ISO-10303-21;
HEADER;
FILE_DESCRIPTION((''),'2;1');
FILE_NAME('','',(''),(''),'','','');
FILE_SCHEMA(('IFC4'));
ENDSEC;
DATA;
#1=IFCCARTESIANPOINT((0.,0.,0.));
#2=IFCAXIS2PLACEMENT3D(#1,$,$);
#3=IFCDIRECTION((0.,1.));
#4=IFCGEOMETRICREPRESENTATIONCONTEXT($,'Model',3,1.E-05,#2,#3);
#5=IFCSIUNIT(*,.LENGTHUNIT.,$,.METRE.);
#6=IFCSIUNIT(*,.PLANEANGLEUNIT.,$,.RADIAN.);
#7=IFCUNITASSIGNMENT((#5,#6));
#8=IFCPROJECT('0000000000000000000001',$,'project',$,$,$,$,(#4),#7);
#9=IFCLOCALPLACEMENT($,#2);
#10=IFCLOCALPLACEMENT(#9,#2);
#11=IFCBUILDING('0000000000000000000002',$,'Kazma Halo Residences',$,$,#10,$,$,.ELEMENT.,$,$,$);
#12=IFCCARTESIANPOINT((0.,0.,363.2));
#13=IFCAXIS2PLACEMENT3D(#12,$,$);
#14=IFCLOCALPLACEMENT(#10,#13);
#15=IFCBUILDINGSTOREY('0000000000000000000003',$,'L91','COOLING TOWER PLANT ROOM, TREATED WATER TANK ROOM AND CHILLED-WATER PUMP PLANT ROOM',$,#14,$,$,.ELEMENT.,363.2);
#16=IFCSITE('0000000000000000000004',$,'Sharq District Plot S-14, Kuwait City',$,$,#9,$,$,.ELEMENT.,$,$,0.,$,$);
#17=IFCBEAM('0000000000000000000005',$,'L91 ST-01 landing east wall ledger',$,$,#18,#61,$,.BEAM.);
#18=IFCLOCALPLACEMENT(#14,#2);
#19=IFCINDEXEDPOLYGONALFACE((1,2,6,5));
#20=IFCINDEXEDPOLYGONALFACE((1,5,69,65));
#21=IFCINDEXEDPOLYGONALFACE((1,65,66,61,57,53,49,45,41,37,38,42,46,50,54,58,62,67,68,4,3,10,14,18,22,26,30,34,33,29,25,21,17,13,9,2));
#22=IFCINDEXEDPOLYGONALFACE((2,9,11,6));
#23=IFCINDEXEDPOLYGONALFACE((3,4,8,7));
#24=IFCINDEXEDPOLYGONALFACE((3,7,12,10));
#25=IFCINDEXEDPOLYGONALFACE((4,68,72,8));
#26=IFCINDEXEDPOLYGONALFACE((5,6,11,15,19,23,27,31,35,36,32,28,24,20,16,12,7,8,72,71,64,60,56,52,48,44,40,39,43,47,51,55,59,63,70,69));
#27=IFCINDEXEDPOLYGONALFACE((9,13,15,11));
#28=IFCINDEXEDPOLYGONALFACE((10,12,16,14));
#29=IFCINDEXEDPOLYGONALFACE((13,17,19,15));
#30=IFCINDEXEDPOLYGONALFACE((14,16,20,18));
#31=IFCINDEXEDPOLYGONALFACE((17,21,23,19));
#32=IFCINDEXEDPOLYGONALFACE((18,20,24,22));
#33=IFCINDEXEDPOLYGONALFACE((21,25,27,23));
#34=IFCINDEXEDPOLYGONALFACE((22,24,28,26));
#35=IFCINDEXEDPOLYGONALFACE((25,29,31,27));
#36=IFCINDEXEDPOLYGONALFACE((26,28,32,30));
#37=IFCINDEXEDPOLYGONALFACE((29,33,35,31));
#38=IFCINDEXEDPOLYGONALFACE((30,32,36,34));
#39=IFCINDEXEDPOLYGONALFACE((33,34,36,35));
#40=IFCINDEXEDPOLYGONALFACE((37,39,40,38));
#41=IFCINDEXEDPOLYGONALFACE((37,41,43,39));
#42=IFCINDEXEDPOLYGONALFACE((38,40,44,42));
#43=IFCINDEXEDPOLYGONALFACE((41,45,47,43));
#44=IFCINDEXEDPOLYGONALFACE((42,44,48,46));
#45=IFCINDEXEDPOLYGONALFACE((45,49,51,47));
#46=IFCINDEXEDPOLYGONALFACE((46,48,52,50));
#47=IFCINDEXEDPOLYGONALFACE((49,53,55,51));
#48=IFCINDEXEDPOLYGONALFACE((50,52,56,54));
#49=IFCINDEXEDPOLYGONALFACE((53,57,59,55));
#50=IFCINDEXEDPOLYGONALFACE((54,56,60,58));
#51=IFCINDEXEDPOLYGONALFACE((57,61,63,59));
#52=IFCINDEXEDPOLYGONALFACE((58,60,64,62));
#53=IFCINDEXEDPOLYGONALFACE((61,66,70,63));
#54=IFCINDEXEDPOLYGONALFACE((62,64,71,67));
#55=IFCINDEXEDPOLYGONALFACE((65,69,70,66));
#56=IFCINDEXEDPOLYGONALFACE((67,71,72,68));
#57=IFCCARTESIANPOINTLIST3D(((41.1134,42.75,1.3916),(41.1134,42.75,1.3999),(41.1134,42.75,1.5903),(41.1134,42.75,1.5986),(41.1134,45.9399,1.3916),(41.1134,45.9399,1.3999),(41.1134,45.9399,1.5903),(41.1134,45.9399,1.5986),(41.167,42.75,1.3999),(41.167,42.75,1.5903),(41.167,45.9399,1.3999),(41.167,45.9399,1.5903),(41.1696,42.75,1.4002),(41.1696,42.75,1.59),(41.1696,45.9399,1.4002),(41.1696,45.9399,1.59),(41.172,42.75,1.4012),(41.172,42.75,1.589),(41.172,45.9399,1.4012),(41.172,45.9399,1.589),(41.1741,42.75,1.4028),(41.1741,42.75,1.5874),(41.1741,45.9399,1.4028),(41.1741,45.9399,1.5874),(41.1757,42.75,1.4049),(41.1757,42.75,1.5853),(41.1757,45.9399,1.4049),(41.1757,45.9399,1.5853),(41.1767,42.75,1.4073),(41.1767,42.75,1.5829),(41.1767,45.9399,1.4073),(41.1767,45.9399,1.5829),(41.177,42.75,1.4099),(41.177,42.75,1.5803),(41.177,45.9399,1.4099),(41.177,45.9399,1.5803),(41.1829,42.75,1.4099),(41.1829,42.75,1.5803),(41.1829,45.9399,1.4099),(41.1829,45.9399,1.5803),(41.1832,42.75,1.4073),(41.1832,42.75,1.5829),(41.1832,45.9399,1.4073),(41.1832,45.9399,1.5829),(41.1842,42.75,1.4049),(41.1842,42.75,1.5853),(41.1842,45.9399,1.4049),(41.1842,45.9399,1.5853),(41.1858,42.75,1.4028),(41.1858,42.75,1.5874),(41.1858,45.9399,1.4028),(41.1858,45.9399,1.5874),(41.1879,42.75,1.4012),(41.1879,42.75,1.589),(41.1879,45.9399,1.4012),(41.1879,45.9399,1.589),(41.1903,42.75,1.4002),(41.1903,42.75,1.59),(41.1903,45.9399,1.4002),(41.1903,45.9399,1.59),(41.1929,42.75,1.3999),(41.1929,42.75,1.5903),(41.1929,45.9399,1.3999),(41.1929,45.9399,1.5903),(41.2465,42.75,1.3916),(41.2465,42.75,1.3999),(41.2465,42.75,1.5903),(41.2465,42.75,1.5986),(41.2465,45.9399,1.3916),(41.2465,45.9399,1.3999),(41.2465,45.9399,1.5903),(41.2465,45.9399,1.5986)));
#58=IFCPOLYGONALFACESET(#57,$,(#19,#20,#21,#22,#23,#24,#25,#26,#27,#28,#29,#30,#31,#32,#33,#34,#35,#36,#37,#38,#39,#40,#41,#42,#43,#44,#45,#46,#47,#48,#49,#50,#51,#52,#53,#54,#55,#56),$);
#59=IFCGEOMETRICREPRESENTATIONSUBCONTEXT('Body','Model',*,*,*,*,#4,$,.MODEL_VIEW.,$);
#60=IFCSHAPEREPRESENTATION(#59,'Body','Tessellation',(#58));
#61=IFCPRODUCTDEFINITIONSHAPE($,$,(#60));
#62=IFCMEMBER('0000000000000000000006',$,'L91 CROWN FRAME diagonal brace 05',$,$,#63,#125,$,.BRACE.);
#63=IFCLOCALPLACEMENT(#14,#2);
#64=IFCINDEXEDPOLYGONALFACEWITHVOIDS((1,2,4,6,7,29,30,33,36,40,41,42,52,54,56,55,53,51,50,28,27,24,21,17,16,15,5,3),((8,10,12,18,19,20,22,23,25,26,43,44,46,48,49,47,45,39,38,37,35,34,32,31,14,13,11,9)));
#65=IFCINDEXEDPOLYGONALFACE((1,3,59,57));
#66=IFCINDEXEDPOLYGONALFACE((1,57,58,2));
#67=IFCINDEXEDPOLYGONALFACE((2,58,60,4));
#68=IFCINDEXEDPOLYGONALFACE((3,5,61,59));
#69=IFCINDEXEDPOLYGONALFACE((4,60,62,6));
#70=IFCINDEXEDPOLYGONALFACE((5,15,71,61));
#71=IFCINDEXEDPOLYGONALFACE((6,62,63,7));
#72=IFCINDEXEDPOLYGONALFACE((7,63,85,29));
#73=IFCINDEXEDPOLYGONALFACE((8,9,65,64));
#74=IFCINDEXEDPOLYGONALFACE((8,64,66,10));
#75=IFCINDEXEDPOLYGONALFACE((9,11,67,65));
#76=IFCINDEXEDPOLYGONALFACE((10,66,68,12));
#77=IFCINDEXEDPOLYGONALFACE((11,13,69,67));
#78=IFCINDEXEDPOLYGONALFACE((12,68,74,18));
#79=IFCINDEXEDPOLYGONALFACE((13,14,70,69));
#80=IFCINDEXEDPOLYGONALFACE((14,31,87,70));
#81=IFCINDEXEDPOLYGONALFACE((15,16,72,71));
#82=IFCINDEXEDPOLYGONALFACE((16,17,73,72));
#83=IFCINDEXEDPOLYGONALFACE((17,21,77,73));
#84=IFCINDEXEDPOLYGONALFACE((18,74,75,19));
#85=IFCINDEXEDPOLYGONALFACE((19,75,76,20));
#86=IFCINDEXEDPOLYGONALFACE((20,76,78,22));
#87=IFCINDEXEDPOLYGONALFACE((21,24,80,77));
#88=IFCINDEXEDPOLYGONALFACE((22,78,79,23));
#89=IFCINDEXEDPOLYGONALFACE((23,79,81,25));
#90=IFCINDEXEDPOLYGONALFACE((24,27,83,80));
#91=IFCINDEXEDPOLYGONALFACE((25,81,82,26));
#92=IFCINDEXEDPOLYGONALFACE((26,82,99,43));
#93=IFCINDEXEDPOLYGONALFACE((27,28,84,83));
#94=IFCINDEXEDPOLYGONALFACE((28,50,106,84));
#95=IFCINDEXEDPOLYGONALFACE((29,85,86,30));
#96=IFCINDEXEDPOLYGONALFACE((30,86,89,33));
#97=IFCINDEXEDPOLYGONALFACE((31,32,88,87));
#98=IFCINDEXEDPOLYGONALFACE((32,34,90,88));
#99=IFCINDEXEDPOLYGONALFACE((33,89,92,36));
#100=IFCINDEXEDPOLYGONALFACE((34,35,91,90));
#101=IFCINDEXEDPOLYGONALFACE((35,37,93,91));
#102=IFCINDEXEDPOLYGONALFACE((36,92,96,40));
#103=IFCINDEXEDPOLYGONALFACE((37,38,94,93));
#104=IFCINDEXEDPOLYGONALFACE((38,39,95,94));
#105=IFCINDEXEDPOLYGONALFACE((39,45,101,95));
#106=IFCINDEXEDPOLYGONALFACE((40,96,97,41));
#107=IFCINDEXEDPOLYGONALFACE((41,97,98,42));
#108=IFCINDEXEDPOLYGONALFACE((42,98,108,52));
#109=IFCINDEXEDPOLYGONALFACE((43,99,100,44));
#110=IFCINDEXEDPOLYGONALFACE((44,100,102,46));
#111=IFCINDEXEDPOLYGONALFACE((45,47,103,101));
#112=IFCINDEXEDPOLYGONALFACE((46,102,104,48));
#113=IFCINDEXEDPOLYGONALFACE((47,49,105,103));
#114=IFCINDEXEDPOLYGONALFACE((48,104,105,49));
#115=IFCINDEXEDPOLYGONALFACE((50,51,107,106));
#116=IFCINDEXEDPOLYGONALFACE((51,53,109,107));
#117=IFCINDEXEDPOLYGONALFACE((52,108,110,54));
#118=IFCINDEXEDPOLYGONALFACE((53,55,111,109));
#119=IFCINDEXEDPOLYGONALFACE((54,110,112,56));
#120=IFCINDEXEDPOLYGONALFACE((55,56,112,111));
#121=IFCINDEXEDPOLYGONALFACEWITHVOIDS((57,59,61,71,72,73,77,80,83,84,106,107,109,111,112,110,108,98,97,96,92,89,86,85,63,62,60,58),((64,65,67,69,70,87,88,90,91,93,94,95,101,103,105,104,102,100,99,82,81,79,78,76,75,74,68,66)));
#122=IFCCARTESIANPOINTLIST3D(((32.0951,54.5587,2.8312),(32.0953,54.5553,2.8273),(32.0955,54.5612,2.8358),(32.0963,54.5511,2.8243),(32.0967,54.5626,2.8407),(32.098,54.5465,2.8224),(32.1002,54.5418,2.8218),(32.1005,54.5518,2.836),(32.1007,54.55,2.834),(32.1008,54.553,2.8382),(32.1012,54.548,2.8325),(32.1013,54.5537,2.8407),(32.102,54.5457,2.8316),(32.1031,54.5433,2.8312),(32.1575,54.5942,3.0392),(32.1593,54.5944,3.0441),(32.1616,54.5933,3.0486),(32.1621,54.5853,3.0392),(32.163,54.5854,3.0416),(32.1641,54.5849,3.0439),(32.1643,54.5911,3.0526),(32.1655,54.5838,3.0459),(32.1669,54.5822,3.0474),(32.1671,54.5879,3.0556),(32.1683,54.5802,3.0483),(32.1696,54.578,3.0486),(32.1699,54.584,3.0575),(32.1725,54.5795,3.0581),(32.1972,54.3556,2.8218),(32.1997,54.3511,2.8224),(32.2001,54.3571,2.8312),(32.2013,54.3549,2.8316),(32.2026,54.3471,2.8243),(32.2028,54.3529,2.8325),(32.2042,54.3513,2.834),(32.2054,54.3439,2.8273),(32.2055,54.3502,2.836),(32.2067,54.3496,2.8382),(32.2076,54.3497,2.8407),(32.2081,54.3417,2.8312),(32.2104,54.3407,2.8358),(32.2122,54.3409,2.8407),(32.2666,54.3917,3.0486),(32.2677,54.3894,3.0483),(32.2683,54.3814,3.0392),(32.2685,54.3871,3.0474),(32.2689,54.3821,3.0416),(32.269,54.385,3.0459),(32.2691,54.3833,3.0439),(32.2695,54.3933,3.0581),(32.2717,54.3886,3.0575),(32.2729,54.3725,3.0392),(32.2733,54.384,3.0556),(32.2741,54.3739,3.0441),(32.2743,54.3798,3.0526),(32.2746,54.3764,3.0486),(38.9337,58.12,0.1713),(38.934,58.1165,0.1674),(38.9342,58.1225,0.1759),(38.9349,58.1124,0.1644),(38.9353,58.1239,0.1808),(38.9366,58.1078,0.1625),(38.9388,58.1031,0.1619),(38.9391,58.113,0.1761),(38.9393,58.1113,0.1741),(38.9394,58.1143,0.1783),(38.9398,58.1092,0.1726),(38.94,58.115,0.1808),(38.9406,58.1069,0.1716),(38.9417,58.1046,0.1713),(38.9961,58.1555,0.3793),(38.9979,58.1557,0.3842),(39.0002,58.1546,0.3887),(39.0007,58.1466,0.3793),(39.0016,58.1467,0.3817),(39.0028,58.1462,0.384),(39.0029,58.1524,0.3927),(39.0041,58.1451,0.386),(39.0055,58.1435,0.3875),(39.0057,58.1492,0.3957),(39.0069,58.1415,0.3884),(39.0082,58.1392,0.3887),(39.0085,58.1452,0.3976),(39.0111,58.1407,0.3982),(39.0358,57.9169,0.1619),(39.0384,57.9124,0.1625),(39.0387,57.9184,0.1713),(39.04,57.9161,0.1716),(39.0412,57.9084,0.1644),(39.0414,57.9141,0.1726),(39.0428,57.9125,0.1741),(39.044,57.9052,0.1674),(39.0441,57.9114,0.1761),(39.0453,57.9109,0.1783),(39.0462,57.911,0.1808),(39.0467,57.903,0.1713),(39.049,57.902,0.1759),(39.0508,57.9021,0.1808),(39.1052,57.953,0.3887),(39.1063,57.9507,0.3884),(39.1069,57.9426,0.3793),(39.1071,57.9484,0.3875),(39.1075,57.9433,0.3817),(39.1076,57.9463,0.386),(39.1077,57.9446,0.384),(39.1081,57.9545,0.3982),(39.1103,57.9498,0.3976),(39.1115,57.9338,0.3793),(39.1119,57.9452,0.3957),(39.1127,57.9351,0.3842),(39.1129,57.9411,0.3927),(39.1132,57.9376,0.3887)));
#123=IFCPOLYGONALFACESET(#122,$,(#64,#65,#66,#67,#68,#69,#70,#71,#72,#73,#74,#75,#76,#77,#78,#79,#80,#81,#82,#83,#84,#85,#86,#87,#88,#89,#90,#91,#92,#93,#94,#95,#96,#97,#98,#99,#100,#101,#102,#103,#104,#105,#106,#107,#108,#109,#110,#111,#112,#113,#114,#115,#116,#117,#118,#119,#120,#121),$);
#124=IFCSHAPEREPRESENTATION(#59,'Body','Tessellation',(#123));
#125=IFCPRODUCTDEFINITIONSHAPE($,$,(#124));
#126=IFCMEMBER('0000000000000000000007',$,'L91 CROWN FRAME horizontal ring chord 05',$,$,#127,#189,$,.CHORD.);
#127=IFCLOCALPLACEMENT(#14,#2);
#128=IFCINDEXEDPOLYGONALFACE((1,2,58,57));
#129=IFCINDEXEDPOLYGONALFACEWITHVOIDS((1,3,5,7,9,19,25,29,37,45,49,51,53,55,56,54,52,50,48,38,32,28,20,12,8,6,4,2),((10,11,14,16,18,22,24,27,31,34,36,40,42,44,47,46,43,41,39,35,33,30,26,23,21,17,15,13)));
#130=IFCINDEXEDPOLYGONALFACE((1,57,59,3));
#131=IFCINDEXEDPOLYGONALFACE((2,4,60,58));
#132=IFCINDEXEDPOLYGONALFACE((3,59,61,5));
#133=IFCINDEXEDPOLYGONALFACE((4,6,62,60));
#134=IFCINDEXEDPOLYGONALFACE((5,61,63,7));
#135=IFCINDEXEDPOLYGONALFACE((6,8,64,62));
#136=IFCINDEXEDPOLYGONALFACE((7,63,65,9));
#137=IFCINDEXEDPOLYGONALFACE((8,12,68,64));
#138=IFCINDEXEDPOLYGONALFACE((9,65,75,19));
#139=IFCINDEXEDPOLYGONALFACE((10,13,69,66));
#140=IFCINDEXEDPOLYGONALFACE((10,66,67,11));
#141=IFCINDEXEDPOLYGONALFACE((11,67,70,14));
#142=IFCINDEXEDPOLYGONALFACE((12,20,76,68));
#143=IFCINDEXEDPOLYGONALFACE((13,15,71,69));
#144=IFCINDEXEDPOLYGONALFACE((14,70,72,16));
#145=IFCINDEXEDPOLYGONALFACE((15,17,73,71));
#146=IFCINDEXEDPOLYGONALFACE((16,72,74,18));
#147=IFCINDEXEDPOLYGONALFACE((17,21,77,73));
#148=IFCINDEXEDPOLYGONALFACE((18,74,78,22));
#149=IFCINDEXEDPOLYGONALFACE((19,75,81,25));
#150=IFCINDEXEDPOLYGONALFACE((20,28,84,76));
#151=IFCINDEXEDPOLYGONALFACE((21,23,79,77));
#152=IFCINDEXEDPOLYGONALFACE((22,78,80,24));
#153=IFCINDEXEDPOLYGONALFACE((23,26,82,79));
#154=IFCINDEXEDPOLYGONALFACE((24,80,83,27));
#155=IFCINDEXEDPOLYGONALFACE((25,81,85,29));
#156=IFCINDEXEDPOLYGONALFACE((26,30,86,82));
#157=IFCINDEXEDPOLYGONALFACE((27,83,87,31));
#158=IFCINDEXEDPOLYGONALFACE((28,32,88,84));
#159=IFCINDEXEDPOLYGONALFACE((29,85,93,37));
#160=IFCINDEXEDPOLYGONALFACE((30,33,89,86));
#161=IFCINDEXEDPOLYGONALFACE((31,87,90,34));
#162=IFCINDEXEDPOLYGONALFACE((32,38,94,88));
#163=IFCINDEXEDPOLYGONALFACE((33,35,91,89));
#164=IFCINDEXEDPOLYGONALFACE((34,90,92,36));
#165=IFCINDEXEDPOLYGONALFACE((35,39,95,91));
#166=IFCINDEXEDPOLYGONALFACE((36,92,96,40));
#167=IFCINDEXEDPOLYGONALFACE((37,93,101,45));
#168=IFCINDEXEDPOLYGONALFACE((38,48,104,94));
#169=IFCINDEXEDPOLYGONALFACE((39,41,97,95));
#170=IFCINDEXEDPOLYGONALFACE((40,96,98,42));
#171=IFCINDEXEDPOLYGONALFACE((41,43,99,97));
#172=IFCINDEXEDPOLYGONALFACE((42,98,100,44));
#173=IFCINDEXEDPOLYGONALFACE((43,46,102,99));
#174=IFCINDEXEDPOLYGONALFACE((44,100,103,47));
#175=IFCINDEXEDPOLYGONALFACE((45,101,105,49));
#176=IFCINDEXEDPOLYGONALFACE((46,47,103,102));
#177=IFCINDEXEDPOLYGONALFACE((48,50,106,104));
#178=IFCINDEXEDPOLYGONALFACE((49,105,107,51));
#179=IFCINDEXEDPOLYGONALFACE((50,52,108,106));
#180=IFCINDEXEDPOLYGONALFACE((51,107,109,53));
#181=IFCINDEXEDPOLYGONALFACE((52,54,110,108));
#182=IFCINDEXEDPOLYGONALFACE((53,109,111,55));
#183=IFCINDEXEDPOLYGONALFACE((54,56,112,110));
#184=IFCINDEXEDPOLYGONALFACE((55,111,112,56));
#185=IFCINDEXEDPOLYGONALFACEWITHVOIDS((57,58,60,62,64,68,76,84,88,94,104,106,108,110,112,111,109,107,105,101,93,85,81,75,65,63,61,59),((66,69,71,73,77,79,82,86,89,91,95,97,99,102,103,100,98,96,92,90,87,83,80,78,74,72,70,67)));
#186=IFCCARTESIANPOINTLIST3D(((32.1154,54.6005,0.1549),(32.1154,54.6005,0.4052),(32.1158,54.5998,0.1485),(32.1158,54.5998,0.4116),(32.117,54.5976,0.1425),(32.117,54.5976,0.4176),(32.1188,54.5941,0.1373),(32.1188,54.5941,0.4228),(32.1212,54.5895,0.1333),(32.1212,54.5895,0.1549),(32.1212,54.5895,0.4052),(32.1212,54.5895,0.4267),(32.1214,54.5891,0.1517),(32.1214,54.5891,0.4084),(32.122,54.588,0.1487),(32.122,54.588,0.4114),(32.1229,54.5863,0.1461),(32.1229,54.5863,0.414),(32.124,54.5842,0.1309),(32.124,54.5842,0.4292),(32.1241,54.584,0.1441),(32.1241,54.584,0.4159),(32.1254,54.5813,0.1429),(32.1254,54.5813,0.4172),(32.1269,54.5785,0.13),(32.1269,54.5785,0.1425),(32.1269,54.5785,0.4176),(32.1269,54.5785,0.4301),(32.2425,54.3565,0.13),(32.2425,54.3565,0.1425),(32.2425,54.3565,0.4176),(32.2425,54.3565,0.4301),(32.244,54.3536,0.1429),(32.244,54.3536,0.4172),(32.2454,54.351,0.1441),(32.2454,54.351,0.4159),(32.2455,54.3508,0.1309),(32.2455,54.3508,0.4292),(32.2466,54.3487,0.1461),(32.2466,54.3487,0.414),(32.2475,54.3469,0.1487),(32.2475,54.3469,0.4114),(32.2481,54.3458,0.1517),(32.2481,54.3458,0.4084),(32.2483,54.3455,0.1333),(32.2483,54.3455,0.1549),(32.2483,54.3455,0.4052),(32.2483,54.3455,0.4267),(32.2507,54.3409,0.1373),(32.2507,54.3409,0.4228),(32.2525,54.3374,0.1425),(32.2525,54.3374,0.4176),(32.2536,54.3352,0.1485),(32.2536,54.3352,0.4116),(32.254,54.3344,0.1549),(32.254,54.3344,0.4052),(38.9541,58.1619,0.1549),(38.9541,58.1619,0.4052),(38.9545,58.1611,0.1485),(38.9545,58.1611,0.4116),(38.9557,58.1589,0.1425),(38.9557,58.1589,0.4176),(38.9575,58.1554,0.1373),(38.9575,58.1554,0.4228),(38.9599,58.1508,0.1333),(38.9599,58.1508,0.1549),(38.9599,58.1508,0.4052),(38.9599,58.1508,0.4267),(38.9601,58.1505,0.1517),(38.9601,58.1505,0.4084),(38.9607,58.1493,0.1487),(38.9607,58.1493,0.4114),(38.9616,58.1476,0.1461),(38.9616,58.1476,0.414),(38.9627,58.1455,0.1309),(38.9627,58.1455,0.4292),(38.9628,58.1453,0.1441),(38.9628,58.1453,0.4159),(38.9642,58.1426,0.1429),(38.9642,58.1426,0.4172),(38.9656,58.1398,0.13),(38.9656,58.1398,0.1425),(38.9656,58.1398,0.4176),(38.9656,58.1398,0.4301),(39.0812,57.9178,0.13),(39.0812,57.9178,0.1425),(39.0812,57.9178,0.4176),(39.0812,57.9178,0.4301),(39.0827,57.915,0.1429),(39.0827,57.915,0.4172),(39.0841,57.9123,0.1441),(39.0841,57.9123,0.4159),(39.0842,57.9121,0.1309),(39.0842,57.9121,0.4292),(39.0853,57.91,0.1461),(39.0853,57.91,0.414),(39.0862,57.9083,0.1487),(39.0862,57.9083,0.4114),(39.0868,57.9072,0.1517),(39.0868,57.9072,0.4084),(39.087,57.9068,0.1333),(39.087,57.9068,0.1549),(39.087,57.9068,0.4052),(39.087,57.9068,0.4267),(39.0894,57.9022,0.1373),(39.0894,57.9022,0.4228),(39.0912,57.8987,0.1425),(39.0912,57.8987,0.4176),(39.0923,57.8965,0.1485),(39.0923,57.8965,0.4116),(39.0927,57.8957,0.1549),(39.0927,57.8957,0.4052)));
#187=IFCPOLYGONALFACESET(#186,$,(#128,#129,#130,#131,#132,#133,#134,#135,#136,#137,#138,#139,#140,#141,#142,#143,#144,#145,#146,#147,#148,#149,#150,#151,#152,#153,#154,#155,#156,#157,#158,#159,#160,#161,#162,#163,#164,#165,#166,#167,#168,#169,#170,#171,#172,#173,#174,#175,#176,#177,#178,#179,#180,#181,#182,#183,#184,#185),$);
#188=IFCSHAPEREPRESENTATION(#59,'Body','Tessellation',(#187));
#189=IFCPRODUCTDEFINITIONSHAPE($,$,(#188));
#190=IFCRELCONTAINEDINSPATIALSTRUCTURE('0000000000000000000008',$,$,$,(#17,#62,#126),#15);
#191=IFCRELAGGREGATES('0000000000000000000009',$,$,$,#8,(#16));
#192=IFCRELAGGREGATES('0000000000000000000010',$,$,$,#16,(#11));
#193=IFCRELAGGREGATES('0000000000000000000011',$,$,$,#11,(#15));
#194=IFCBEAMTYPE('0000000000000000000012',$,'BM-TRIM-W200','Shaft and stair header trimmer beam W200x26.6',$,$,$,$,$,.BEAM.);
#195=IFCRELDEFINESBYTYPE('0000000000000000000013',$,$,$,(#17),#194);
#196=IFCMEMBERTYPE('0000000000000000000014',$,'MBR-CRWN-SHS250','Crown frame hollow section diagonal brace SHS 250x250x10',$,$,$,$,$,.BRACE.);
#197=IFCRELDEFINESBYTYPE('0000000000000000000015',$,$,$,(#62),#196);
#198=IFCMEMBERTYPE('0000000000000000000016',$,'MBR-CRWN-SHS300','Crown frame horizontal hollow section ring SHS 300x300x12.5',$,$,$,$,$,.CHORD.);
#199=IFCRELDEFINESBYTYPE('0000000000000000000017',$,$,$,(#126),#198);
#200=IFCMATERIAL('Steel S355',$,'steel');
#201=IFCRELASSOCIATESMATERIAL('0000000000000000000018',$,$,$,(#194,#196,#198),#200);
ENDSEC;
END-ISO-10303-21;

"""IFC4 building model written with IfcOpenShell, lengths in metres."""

from ifc_helpers import new_model, si_unit, direction, frame, origin, origin_2d, place, context, subcontext, project, spatial, hollow_rectangle, i_section, extrude, material, material_profile, profile_set, type_object, element, save


model = new_model("IFC4")

# Units and contexts
model_context = context("Model", 3, precision=1e-05, world=origin(), true_north=direction((0.0, 1.0)))
body_context = subcontext(model_context, "Body", "Model", "MODEL_VIEW")
ifc_project = project(units=[si_unit("LENGTHUNIT", "METRE"), si_unit("PLANEANGLEUNIT", "RADIAN")], contexts=[model_context])

# Site, building, storey
site_placement = place(None, origin())
site = spatial("IfcSite", under=ifc_project, at=site_placement, Name="Sharq District Plot S-14, Kuwait City", CompositionType="ELEMENT", RefElevation=0.0)
building_placement = place(site_placement, origin())
building = spatial("IfcBuilding", under=site, at=building_placement, Name="Kazma Halo Residences", CompositionType="ELEMENT")
storey_placement = place(building_placement, frame((0.0, 0.0, 363.2)))
storey = spatial("IfcBuildingStorey", under=building, at=storey_placement, Name="L91", Description="COOLING TOWER PLANT ROOM, TREATED WATER TANK ROOM AND CHILLED-WATER PUMP PLANT ROOM", CompositionType="ELEMENT", Elevation=363.2)

# Shared definitions
ifc_material_1 = material(Name="Steel S355", Category="steel")

# Beam
ifc_material_profile_1 = material_profile(ifc_material_1, i_section(OverallWidth=0.1331, OverallDepth=0.207, WebThickness=0.0059, FlangeThickness=0.0083, FilletRadius=0.01, at=origin_2d()), Name="W200x26.6")
ifc_profile_set_1 = profile_set([ifc_material_profile_1], Name="Steel S355")
beam_type_1 = type_object("IfcBeamType", Name="BM-TRIM-W200", Description="Shaft and stair header trimmer beam W200x26.6", PredefinedType="BEAM", material=ifc_profile_set_1)
beam_1_placement = place(storey_placement, frame((41.1799, 42.75, 1.4951), z_axis=(0.0, 1.0, 0.0), x_axis=(-1.0, 0.0, 0.0)))
element("IfcBeam", 1, at=beam_1_placement, inside=storey, type_object=beam_type_1, Name="L91 ST-01 landing east wall ledger", PredefinedType="BEAM", context=body_context, shape_type="SweptSolid", body=[
    extrude(i_section(OverallWidth=0.1331, OverallDepth=0.207, WebThickness=0.0059, FlangeThickness=0.0083, FilletRadius=0.01, at=origin_2d()), origin(), (0.0, 0.0, 1.0), 3.1899),
])

# Members
ifc_material_profile_2 = material_profile(ifc_material_1, hollow_rectangle(XDim=0.25, YDim=0.25, WallThickness=0.01, InnerFilletRadius=0.01, OuterFilletRadius=0.02, at=origin_2d()), Name="SHS250x250x10")
ifc_profile_set_2 = profile_set([ifc_material_profile_2], Name="Steel S355")
member_type_1 = type_object("IfcMemberType", Name="MBR-CRWN-SHS250", Description="Crown frame hollow section diagonal brace SHS 250x250x10", PredefinedType="BRACE", material=ifc_profile_set_2)
member_1_placement = place(storey_placement, frame((39.0234, 58.0288, 0.28), z_axis=(-0.838451, -0.436631, 0.326119), x_axis=(0.461883, -0.886941, 0.0)))
element("IfcMember", 2, at=member_1_placement, inside=storey, type_object=member_type_1, Name="L91 CROWN FRAME diagonal brace 05", PredefinedType="BRACE", context=body_context, shape_type="SweptSolid", body=[
    extrude(hollow_rectangle(XDim=0.25, YDim=0.25, WallThickness=0.01, InnerFilletRadius=0.01, OuterFilletRadius=0.02, at=origin_2d()), origin(), (0.0, 0.0, 1.0), 8.1562),
])
ifc_material_profile_3 = material_profile(ifc_material_1, hollow_rectangle(XDim=0.3, YDim=0.3, WallThickness=0.0125, InnerFilletRadius=0.0125, OuterFilletRadius=0.0249, at=origin_2d()), Name="SHS300x300x12.5")
ifc_profile_set_3 = profile_set([ifc_material_profile_3], Name="Steel S355")
member_type_2 = type_object("IfcMemberType", Name="MBR-CRWN-SHS300", Description="Crown frame horizontal hollow section ring SHS 300x300x12.5", PredefinedType="CHORD", material=ifc_profile_set_3)
member_2_placement = place(storey_placement, frame((39.0234, 58.0288, 0.28), z_axis=(-0.886941, -0.461883, 0.0), x_axis=(0.461883, -0.886941, 0.0)))
element("IfcMember", 3, at=member_2_placement, inside=storey, type_object=member_type_2, Name="L91 CROWN FRAME horizontal ring chord 05", PredefinedType="CHORD", context=body_context, shape_type="SweptSolid", body=[
    extrude(hollow_rectangle(XDim=0.3, YDim=0.3, WallThickness=0.0125, InnerFilletRadius=0.0125, OuterFilletRadius=0.0249, at=origin_2d()), origin(), (0.0, 0.0, 1.0), 7.7104),
])

save(model, "model.ifc")
